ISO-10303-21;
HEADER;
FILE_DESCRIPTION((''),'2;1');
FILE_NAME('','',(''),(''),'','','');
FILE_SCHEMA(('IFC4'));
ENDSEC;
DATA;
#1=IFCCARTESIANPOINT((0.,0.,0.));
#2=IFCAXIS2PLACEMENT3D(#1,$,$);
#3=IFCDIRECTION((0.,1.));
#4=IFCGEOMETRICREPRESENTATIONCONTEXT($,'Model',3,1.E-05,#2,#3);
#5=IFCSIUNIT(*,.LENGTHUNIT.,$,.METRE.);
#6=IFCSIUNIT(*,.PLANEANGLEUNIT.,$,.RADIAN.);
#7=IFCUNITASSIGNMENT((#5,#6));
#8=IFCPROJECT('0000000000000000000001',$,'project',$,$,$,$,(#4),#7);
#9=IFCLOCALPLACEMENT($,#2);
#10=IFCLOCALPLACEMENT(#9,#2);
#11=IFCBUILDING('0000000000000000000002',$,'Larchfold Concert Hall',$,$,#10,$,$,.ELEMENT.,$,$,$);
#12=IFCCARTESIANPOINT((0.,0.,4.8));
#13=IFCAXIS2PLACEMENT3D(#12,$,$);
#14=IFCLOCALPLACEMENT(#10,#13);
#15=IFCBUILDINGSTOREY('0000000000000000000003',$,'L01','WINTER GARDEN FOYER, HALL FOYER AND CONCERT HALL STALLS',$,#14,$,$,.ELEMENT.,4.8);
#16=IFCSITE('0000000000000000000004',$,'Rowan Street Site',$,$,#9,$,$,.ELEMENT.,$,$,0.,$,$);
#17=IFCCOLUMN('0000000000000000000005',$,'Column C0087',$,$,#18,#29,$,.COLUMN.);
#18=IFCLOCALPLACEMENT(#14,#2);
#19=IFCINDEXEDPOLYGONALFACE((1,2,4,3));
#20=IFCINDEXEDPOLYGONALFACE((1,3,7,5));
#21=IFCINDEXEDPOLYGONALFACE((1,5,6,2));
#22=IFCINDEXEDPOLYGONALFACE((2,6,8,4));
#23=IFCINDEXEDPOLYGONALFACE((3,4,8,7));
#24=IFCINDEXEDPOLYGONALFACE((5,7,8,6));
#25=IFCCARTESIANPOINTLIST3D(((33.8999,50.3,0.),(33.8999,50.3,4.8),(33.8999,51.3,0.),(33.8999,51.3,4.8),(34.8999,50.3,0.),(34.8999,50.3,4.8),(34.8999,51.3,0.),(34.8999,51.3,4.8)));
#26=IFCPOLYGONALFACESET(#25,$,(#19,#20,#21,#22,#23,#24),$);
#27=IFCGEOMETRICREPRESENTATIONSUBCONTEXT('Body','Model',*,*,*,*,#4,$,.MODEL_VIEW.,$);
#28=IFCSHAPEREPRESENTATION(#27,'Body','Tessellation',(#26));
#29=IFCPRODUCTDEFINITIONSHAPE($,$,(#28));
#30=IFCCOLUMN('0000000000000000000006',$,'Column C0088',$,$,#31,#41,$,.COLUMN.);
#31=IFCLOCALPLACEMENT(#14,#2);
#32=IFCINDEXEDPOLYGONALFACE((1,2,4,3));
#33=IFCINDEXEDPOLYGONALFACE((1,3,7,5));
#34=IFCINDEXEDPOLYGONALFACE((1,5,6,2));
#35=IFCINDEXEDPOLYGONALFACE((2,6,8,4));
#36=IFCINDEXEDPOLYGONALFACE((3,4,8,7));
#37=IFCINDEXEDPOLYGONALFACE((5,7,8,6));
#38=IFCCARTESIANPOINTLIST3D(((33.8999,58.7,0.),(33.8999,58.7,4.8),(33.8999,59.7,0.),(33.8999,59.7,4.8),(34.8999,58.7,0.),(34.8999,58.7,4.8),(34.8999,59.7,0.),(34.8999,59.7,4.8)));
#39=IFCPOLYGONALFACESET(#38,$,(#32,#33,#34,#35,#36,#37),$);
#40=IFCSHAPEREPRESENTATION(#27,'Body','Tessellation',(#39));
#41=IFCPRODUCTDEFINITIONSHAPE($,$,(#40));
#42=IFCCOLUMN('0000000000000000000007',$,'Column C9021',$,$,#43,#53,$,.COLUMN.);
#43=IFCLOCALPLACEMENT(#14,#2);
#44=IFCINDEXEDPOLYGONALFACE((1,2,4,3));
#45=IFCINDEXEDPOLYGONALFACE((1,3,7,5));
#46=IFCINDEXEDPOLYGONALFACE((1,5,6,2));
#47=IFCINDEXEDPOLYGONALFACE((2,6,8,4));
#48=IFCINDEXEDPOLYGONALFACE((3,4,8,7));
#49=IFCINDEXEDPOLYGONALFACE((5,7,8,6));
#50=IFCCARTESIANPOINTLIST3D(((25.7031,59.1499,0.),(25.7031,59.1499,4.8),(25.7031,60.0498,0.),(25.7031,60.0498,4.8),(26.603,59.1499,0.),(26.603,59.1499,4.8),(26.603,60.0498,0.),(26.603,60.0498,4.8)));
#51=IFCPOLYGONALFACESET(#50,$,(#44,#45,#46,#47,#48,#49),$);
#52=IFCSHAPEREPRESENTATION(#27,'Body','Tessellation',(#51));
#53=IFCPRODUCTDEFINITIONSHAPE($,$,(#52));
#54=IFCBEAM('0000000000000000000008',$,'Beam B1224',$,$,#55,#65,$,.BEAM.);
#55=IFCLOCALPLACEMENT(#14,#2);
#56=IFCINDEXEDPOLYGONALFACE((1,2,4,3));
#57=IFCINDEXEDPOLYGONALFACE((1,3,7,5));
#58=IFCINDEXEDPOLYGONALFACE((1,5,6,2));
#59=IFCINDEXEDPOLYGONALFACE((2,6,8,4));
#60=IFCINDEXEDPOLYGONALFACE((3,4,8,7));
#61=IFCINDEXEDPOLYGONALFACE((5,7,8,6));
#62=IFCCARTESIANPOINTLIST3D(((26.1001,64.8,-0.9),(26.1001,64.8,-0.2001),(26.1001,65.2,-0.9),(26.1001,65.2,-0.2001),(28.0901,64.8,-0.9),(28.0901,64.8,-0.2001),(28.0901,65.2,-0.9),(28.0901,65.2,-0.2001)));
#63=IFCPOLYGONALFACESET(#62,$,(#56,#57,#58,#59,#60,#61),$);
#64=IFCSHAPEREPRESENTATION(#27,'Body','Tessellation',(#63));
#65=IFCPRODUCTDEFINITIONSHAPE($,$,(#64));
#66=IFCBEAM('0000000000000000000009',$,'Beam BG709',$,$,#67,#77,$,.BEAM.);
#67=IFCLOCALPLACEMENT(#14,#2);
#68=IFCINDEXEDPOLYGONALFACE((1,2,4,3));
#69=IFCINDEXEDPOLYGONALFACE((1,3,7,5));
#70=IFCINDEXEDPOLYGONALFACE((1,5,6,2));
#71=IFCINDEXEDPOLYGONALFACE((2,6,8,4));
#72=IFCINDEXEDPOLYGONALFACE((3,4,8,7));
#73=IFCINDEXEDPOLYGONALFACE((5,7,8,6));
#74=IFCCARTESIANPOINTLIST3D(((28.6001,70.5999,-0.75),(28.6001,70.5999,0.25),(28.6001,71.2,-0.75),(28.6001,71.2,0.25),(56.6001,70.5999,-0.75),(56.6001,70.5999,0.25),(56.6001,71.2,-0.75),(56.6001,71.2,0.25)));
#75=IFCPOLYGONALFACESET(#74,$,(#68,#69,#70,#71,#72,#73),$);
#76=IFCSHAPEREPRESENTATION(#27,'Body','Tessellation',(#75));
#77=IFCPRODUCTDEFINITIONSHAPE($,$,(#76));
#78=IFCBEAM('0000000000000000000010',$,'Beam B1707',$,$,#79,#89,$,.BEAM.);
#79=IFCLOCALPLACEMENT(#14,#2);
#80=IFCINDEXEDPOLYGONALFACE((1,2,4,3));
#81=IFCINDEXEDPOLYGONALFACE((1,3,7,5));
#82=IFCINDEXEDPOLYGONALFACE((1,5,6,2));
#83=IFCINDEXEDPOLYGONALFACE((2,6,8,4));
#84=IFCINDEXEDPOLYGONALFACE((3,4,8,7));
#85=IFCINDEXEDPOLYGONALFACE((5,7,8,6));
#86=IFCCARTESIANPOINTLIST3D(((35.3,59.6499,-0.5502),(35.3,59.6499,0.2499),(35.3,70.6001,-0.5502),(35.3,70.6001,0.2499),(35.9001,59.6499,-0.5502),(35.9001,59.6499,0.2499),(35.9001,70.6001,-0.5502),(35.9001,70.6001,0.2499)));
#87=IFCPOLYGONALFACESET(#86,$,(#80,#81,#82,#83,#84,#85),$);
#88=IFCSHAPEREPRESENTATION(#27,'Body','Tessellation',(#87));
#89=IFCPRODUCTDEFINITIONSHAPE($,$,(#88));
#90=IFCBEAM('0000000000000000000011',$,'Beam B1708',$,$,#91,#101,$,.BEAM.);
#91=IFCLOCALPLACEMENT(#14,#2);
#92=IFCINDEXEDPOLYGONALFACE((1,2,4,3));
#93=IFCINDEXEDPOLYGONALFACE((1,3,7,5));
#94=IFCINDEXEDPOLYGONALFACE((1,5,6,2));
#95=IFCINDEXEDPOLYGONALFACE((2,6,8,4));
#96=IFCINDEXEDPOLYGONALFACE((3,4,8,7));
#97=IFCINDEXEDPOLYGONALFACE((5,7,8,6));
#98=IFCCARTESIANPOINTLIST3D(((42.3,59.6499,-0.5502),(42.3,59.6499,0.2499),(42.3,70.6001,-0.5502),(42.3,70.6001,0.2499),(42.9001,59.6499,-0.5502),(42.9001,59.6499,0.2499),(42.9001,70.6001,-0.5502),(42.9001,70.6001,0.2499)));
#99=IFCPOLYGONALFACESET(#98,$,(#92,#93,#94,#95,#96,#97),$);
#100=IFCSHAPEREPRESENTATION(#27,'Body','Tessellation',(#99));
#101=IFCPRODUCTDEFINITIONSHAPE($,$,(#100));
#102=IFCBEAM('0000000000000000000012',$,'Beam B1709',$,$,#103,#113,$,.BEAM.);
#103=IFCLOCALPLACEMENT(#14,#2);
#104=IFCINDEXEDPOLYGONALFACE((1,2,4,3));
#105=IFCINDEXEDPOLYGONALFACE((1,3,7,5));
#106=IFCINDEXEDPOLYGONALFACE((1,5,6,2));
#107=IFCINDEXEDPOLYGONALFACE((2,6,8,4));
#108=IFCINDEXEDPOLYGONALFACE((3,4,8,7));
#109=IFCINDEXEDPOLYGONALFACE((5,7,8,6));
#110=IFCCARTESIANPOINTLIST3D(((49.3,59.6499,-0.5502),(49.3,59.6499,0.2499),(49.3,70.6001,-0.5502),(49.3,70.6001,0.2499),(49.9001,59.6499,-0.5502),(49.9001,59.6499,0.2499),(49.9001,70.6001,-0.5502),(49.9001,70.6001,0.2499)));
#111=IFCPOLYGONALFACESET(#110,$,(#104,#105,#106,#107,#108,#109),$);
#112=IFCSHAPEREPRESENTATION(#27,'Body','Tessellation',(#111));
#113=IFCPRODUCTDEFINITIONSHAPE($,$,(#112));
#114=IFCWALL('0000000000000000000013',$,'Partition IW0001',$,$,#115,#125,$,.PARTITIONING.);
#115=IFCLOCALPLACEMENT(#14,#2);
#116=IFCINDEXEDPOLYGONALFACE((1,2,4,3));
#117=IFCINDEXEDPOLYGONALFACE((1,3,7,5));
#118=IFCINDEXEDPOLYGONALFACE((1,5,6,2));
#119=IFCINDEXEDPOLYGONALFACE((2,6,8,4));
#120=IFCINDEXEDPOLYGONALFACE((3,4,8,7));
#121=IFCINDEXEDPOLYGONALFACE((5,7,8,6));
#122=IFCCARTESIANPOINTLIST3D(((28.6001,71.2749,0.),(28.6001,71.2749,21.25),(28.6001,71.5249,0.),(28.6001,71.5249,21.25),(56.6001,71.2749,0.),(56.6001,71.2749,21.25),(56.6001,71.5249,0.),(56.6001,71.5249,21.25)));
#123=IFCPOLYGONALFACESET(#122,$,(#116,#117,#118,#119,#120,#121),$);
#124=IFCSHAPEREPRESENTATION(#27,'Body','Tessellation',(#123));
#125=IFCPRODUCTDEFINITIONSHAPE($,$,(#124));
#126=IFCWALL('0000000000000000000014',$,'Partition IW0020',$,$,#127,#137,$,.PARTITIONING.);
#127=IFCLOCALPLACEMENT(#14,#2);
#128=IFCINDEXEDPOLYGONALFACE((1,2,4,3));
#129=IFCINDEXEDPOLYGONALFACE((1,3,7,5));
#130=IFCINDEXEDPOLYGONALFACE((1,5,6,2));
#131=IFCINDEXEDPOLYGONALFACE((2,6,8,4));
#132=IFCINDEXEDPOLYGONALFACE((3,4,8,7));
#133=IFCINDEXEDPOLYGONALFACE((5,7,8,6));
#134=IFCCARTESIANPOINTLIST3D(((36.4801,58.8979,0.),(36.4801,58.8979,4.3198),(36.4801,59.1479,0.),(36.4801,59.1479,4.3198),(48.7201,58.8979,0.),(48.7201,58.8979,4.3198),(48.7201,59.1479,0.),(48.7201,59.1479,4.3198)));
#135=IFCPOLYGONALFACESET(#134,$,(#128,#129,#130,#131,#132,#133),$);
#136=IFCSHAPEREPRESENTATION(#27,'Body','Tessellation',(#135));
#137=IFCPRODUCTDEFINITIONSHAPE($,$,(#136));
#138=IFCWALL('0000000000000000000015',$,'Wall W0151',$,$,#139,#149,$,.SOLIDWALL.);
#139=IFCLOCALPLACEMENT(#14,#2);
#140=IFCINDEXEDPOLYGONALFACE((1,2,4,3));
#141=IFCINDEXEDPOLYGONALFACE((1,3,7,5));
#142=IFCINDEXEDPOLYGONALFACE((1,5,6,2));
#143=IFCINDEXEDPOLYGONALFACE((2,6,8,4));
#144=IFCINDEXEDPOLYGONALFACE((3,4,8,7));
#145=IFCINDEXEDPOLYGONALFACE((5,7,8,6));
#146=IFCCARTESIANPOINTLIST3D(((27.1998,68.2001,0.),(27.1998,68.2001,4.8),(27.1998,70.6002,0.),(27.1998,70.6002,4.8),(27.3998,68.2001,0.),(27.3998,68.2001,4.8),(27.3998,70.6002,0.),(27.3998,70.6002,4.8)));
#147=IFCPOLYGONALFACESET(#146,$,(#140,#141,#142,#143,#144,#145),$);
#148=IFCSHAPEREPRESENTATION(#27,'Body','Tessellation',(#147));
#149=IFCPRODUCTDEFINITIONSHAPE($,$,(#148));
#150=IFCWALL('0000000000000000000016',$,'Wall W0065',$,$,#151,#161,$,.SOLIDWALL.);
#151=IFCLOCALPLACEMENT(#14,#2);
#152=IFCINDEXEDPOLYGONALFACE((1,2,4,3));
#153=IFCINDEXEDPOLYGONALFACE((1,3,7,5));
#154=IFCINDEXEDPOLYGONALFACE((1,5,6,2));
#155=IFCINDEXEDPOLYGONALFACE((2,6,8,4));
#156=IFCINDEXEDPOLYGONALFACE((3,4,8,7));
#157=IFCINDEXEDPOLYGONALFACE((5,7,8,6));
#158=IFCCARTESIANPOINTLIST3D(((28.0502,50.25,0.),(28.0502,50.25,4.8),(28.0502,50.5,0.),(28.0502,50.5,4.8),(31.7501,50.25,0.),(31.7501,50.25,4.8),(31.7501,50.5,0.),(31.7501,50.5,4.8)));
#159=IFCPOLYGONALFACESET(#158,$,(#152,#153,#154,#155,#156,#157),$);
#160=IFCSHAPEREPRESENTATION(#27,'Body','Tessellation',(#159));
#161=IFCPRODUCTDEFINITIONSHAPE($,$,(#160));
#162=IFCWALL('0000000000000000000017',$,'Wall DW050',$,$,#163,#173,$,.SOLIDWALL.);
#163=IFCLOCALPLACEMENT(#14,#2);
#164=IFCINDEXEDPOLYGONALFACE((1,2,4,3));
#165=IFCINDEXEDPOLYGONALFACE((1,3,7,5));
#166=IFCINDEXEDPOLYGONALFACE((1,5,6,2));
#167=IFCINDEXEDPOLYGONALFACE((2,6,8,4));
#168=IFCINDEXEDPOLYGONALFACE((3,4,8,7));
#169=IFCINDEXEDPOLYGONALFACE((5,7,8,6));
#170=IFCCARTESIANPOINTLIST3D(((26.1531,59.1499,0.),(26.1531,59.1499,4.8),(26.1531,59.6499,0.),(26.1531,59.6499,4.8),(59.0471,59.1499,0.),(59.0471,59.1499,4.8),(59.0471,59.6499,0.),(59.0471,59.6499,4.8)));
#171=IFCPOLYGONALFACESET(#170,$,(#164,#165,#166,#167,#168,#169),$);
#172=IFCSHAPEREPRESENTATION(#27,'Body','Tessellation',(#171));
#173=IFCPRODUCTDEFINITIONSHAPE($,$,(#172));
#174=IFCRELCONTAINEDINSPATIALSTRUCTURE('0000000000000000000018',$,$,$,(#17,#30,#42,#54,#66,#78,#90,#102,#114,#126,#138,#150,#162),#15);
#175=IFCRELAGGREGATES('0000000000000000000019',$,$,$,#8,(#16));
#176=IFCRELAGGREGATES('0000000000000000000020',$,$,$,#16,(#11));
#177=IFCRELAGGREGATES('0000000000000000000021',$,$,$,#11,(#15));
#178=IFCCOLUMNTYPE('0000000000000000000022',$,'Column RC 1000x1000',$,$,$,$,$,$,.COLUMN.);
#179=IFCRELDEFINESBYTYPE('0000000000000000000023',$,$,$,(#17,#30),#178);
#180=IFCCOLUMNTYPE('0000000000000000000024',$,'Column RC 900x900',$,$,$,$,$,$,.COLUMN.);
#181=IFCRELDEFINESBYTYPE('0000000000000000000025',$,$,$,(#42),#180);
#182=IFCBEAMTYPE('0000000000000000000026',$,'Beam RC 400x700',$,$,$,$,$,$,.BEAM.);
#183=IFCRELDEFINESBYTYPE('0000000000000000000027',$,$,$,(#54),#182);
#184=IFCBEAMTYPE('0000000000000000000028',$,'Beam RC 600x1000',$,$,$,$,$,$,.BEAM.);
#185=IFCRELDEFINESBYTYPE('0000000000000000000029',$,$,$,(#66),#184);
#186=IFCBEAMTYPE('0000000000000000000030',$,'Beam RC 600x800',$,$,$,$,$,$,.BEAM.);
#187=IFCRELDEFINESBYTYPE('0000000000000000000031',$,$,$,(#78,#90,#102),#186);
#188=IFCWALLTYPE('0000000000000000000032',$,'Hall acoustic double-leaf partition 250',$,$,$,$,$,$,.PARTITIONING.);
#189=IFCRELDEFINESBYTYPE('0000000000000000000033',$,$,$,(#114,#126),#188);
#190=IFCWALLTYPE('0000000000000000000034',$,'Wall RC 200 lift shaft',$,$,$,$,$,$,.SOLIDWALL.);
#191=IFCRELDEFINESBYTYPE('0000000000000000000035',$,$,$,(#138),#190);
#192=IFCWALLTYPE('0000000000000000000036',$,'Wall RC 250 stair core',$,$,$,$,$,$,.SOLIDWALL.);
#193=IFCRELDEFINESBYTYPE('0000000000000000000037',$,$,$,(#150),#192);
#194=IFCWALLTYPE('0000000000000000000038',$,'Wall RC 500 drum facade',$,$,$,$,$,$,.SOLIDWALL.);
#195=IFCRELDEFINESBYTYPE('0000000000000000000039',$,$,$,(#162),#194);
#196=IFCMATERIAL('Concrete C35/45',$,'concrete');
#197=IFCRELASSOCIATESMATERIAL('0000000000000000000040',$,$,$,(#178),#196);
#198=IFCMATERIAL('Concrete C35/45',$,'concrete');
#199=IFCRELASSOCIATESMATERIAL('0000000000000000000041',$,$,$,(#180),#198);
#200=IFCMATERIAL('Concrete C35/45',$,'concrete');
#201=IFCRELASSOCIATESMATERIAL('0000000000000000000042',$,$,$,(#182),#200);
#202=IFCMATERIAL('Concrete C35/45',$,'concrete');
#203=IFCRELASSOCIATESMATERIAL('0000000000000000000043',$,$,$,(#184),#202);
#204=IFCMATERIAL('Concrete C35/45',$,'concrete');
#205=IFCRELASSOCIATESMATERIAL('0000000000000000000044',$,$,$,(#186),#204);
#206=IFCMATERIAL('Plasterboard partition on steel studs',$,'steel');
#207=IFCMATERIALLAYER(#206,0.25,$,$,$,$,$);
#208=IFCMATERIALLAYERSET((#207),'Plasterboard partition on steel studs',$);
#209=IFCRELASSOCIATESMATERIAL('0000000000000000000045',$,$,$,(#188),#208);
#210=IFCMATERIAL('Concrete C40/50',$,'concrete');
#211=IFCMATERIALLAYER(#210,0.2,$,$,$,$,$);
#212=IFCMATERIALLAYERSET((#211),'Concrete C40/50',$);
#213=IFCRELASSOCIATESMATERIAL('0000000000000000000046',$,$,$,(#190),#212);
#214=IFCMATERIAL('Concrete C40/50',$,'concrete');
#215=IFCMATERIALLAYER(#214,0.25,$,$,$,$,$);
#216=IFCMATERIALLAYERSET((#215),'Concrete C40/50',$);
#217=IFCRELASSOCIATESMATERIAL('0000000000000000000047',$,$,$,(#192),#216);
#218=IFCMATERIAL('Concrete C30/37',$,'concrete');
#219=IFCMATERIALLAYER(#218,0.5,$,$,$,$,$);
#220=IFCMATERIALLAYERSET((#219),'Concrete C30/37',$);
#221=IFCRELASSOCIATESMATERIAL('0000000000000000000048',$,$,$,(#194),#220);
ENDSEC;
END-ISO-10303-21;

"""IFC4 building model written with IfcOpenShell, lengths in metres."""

from ifc_helpers import new_model, si_unit, direction, frame, frame_2d, origin, origin_2d, place, context, subcontext, project, spatial, rectangle, extrude, material, layer, layer_set, material_profile, profile_set, type_object, element, save


model = new_model("IFC4")

# Units and contexts
model_context = context("Model", 3, precision=1e-05, world=origin(), true_north=direction((0.0, 1.0)))
body_context = subcontext(model_context, "Body", "Model", "MODEL_VIEW")
ifc_project = project(units=[si_unit("LENGTHUNIT", "METRE"), si_unit("PLANEANGLEUNIT", "RADIAN")], contexts=[model_context])

# Site, building, storey
site_placement = place(None, origin())
site = spatial("IfcSite", under=ifc_project, at=site_placement, Name="Rowan Street Site", CompositionType="ELEMENT", RefElevation=0.0)
building_placement = place(site_placement, origin())
building = spatial("IfcBuilding", under=site, at=building_placement, Name="Larchfold Concert Hall", CompositionType="ELEMENT")
storey_placement = place(building_placement, frame((0.0, 0.0, 4.8)))
storey = spatial("IfcBuildingStorey", under=building, at=storey_placement, Name="L01", Description="WINTER GARDEN FOYER, HALL FOYER AND CONCERT HALL STALLS", CompositionType="ELEMENT", Elevation=4.8)

# Columns
ifc_material_1 = material(Name="Concrete C35/45", Category="concrete")
ifc_material_profile_1 = material_profile(ifc_material_1, rectangle(XDim=1.0, YDim=1.0, at=origin_2d()))
ifc_profile_set_1 = profile_set([ifc_material_profile_1], Name="Concrete C35/45")
column_type_1 = type_object("IfcColumnType", Name="Column RC 1000x1000", PredefinedType="COLUMN", material=ifc_profile_set_1)
for number, where, z_axis, x_axis, name in (
    (1, (34.3999, 50.8, 0.0), (0.0, 0.0, 1.0), (1.0, 0.0, 0.0), "Column C0087"),
    (2, (34.3999, 59.2, 0.0), (0.0, 0.0, 1.0), (1.0, 0.0, 0.0), "Column C0088"),
):
    element("IfcColumn", number, at=place(storey_placement, frame(where, z_axis=z_axis, x_axis=x_axis)), inside=storey, type_object=column_type_1, Name=name, PredefinedType="COLUMN", context=body_context, shape_type="SweptSolid", body=[
        extrude(rectangle(XDim=1.0, YDim=1.0, at=origin_2d()), origin(), (0.0, 0.0, 1.0), 4.8),
    ])
ifc_material_2 = material(Name="Concrete C35/45", Category="concrete")
ifc_material_profile_2 = material_profile(ifc_material_2, rectangle(XDim=0.8999, YDim=0.8999, at=origin_2d()))
ifc_profile_set_2 = profile_set([ifc_material_profile_2], Name="Concrete C35/45")
column_type_2 = type_object("IfcColumnType", Name="Column RC 900x900", PredefinedType="COLUMN", material=ifc_profile_set_2)
column_placement = place(storey_placement, frame((26.1531, 59.5999, 0.0), z_axis=(0.0, 0.0, 1.0), x_axis=(1.0, 0.0, 0.0)))
element("IfcColumn", 3, at=column_placement, inside=storey, type_object=column_type_2, Name="Column C9021", PredefinedType="COLUMN", context=body_context, shape_type="SweptSolid", body=[
    extrude(rectangle(XDim=0.8999, YDim=0.8999, at=origin_2d()), origin(), (0.0, 0.0, 1.0), 4.8),
])

# Beams
ifc_material_3 = material(Name="Concrete C35/45", Category="concrete")
ifc_material_profile_3 = material_profile(ifc_material_3, rectangle(XDim=0.3999, YDim=0.7, at=origin_2d()))
ifc_profile_set_3 = profile_set([ifc_material_profile_3], Name="Concrete C35/45")
beam_type_1 = type_object("IfcBeamType", Name="Beam RC 400x700", PredefinedType="BEAM", material=ifc_profile_set_3)
beam_1_placement = place(storey_placement, frame((26.1001, 65.0, -0.55), z_axis=(1.0, 0.0, 0.0), x_axis=(0.0, 1.0, 0.0)))
element("IfcBeam", 4, at=beam_1_placement, inside=storey, type_object=beam_type_1, Name="Beam B1224", PredefinedType="BEAM", context=body_context, shape_type="SweptSolid", body=[
    extrude(rectangle(XDim=0.3999, YDim=0.7, at=origin_2d()), origin(), (0.0, 0.0, 1.0), 1.99),
])
ifc_material_4 = material(Name="Concrete C35/45", Category="concrete")
ifc_material_profile_4 = material_profile(ifc_material_4, rectangle(XDim=0.6001, YDim=1.0, at=origin_2d()))
ifc_profile_set_4 = profile_set([ifc_material_profile_4], Name="Concrete C35/45")
beam_type_2 = type_object("IfcBeamType", Name="Beam RC 600x1000", PredefinedType="BEAM", material=ifc_profile_set_4)
beam_2_placement = place(storey_placement, frame((28.6001, 70.8999, -0.25), z_axis=(1.0, 0.0, 0.0), x_axis=(0.0, 1.0, 0.0)))
element("IfcBeam", 5, at=beam_2_placement, inside=storey, type_object=beam_type_2, Name="Beam BG709", PredefinedType="BEAM", context=body_context, shape_type="SweptSolid", body=[
    extrude(rectangle(XDim=0.6001, YDim=1.0, at=origin_2d()), origin(), (0.0, 0.0, 1.0), 28.0),
])
ifc_material_5 = material(Name="Concrete C35/45", Category="concrete")
ifc_material_profile_5 = material_profile(ifc_material_5, rectangle(XDim=0.6001, YDim=0.8, at=origin_2d()))
ifc_profile_set_5 = profile_set([ifc_material_profile_5], Name="Concrete C35/45")
beam_type_3 = type_object("IfcBeamType", Name="Beam RC 600x800", PredefinedType="BEAM", material=ifc_profile_set_5)
for number, where, z_axis, x_axis, name in (
    (6, (35.6001, 59.6499, -0.1501), (0.0, 1.0, 0.0), (-1.0, 0.0, 0.0), "Beam B1707"),
    (7, (42.6001, 59.6499, -0.1501), (0.0, 1.0, 0.0), (-1.0, 0.0, 0.0), "Beam B1708"),
    (8, (49.6001, 59.6499, -0.1501), (0.0, 1.0, 0.0), (-1.0, 0.0, 0.0), "Beam B1709"),
):
    element("IfcBeam", number, at=place(storey_placement, frame(where, z_axis=z_axis, x_axis=x_axis)), inside=storey, type_object=beam_type_3, Name=name, PredefinedType="BEAM", context=body_context, shape_type="SweptSolid", body=[
        extrude(rectangle(XDim=0.6001, YDim=0.8, at=origin_2d()), origin(), (0.0, 0.0, 1.0), 10.9502),
    ])

# Walls
ifc_material_6 = material(Name="Plasterboard partition on steel studs", Category="steel")
ifc_layer_1 = layer(ifc_material_6, 0.25)
ifc_layer_set_1 = layer_set([ifc_layer_1], Name="Plasterboard partition on steel studs")
wall_type_1 = type_object("IfcWallType", Name="Hall acoustic double-leaf partition 250", PredefinedType="PARTITIONING", material=ifc_layer_set_1)
wall_1_placement = place(storey_placement, frame((28.6001, 71.3999, 0.0), z_axis=(0.0, 0.0, 1.0), x_axis=(1.0, 0.0, 0.0)))
element("IfcWall", 9, at=wall_1_placement, inside=storey, type_object=wall_type_1, Name="Partition IW0001", PredefinedType="PARTITIONING", context=body_context, shape_type="SweptSolid", body=[
    extrude(rectangle(XDim=28.0, YDim=0.25, at=frame_2d((14.0, 0.0))), origin(), (0.0, 0.0, 1.0), 21.25),
])
wall_2_placement = place(storey_placement, frame((36.48, 59.0229, 0.0), z_axis=(0.0, 0.0, 1.0), x_axis=(1.0, 0.0, 0.0)))
element("IfcWall", 10, at=wall_2_placement, inside=storey, type_object=wall_type_1, Name="Partition IW0020", PredefinedType="PARTITIONING", context=body_context, shape_type="SweptSolid", body=[
    extrude(rectangle(XDim=12.24, YDim=0.25, at=frame_2d((6.1201, 0.0))), origin(), (0.0, 0.0, 1.0), 4.3198),
])
ifc_material_7 = material(Name="Concrete C40/50", Category="concrete")
ifc_layer_2 = layer(ifc_material_7, 0.2)
ifc_layer_set_2 = layer_set([ifc_layer_2], Name="Concrete C40/50")
wall_type_2 = type_object("IfcWallType", Name="Wall RC 200 lift shaft", PredefinedType="SOLIDWALL", material=ifc_layer_set_2)
wall_3_placement = place(storey_placement, frame((27.2998, 68.2, 0.0), z_axis=(0.0, 0.0, 1.0), x_axis=(0.0, 1.0, 0.0)))
element("IfcWall", 11, at=wall_3_placement, inside=storey, type_object=wall_type_2, Name="Wall W0151", PredefinedType="SOLIDWALL", context=body_context, shape_type="SweptSolid", body=[
    extrude(rectangle(XDim=2.4001, YDim=0.2, at=frame_2d((1.2002, 0.0))), origin(), (0.0, 0.0, 1.0), 4.8),
])
ifc_material_8 = material(Name="Concrete C40/50", Category="concrete")
ifc_layer_3 = layer(ifc_material_8, 0.25)
ifc_layer_set_3 = layer_set([ifc_layer_3], Name="Concrete C40/50")
wall_type_3 = type_object("IfcWallType", Name="Wall RC 250 stair core", PredefinedType="SOLIDWALL", material=ifc_layer_set_3)
wall_4_placement = place(storey_placement, frame((28.05, 50.375, 0.0), z_axis=(0.0, 0.0, 1.0), x_axis=(1.0, 0.0, 0.0)))
element("IfcWall", 12, at=wall_4_placement, inside=storey, type_object=wall_type_3, Name="Wall W0065", PredefinedType="SOLIDWALL", context=body_context, shape_type="SweptSolid", body=[
    extrude(rectangle(XDim=3.7, YDim=0.25, at=frame_2d((1.8501, 0.0))), origin(), (0.0, 0.0, 1.0), 4.8),
])
ifc_material_9 = material(Name="Concrete C30/37", Category="concrete")
ifc_layer_4 = layer(ifc_material_9, 0.5)
ifc_layer_set_4 = layer_set([ifc_layer_4], Name="Concrete C30/37")
wall_type_4 = type_object("IfcWallType", Name="Wall RC 500 drum facade", PredefinedType="SOLIDWALL", material=ifc_layer_set_4)
wall_5_placement = place(storey_placement, frame((26.1531, 59.3999, 0.0), z_axis=(0.0, 0.0, 1.0), x_axis=(1.0, 0.0, 0.0)))
element("IfcWall", 13, at=wall_5_placement, inside=storey, type_object=wall_type_4, Name="Wall DW050", PredefinedType="SOLIDWALL", context=body_context, shape_type="SweptSolid", body=[
    extrude(rectangle(XDim=32.894, YDim=0.5, at=frame_2d((16.447, 0.0))), origin(), (0.0, 0.0, 1.0), 4.8),
])

save(model, "model.ifc")
